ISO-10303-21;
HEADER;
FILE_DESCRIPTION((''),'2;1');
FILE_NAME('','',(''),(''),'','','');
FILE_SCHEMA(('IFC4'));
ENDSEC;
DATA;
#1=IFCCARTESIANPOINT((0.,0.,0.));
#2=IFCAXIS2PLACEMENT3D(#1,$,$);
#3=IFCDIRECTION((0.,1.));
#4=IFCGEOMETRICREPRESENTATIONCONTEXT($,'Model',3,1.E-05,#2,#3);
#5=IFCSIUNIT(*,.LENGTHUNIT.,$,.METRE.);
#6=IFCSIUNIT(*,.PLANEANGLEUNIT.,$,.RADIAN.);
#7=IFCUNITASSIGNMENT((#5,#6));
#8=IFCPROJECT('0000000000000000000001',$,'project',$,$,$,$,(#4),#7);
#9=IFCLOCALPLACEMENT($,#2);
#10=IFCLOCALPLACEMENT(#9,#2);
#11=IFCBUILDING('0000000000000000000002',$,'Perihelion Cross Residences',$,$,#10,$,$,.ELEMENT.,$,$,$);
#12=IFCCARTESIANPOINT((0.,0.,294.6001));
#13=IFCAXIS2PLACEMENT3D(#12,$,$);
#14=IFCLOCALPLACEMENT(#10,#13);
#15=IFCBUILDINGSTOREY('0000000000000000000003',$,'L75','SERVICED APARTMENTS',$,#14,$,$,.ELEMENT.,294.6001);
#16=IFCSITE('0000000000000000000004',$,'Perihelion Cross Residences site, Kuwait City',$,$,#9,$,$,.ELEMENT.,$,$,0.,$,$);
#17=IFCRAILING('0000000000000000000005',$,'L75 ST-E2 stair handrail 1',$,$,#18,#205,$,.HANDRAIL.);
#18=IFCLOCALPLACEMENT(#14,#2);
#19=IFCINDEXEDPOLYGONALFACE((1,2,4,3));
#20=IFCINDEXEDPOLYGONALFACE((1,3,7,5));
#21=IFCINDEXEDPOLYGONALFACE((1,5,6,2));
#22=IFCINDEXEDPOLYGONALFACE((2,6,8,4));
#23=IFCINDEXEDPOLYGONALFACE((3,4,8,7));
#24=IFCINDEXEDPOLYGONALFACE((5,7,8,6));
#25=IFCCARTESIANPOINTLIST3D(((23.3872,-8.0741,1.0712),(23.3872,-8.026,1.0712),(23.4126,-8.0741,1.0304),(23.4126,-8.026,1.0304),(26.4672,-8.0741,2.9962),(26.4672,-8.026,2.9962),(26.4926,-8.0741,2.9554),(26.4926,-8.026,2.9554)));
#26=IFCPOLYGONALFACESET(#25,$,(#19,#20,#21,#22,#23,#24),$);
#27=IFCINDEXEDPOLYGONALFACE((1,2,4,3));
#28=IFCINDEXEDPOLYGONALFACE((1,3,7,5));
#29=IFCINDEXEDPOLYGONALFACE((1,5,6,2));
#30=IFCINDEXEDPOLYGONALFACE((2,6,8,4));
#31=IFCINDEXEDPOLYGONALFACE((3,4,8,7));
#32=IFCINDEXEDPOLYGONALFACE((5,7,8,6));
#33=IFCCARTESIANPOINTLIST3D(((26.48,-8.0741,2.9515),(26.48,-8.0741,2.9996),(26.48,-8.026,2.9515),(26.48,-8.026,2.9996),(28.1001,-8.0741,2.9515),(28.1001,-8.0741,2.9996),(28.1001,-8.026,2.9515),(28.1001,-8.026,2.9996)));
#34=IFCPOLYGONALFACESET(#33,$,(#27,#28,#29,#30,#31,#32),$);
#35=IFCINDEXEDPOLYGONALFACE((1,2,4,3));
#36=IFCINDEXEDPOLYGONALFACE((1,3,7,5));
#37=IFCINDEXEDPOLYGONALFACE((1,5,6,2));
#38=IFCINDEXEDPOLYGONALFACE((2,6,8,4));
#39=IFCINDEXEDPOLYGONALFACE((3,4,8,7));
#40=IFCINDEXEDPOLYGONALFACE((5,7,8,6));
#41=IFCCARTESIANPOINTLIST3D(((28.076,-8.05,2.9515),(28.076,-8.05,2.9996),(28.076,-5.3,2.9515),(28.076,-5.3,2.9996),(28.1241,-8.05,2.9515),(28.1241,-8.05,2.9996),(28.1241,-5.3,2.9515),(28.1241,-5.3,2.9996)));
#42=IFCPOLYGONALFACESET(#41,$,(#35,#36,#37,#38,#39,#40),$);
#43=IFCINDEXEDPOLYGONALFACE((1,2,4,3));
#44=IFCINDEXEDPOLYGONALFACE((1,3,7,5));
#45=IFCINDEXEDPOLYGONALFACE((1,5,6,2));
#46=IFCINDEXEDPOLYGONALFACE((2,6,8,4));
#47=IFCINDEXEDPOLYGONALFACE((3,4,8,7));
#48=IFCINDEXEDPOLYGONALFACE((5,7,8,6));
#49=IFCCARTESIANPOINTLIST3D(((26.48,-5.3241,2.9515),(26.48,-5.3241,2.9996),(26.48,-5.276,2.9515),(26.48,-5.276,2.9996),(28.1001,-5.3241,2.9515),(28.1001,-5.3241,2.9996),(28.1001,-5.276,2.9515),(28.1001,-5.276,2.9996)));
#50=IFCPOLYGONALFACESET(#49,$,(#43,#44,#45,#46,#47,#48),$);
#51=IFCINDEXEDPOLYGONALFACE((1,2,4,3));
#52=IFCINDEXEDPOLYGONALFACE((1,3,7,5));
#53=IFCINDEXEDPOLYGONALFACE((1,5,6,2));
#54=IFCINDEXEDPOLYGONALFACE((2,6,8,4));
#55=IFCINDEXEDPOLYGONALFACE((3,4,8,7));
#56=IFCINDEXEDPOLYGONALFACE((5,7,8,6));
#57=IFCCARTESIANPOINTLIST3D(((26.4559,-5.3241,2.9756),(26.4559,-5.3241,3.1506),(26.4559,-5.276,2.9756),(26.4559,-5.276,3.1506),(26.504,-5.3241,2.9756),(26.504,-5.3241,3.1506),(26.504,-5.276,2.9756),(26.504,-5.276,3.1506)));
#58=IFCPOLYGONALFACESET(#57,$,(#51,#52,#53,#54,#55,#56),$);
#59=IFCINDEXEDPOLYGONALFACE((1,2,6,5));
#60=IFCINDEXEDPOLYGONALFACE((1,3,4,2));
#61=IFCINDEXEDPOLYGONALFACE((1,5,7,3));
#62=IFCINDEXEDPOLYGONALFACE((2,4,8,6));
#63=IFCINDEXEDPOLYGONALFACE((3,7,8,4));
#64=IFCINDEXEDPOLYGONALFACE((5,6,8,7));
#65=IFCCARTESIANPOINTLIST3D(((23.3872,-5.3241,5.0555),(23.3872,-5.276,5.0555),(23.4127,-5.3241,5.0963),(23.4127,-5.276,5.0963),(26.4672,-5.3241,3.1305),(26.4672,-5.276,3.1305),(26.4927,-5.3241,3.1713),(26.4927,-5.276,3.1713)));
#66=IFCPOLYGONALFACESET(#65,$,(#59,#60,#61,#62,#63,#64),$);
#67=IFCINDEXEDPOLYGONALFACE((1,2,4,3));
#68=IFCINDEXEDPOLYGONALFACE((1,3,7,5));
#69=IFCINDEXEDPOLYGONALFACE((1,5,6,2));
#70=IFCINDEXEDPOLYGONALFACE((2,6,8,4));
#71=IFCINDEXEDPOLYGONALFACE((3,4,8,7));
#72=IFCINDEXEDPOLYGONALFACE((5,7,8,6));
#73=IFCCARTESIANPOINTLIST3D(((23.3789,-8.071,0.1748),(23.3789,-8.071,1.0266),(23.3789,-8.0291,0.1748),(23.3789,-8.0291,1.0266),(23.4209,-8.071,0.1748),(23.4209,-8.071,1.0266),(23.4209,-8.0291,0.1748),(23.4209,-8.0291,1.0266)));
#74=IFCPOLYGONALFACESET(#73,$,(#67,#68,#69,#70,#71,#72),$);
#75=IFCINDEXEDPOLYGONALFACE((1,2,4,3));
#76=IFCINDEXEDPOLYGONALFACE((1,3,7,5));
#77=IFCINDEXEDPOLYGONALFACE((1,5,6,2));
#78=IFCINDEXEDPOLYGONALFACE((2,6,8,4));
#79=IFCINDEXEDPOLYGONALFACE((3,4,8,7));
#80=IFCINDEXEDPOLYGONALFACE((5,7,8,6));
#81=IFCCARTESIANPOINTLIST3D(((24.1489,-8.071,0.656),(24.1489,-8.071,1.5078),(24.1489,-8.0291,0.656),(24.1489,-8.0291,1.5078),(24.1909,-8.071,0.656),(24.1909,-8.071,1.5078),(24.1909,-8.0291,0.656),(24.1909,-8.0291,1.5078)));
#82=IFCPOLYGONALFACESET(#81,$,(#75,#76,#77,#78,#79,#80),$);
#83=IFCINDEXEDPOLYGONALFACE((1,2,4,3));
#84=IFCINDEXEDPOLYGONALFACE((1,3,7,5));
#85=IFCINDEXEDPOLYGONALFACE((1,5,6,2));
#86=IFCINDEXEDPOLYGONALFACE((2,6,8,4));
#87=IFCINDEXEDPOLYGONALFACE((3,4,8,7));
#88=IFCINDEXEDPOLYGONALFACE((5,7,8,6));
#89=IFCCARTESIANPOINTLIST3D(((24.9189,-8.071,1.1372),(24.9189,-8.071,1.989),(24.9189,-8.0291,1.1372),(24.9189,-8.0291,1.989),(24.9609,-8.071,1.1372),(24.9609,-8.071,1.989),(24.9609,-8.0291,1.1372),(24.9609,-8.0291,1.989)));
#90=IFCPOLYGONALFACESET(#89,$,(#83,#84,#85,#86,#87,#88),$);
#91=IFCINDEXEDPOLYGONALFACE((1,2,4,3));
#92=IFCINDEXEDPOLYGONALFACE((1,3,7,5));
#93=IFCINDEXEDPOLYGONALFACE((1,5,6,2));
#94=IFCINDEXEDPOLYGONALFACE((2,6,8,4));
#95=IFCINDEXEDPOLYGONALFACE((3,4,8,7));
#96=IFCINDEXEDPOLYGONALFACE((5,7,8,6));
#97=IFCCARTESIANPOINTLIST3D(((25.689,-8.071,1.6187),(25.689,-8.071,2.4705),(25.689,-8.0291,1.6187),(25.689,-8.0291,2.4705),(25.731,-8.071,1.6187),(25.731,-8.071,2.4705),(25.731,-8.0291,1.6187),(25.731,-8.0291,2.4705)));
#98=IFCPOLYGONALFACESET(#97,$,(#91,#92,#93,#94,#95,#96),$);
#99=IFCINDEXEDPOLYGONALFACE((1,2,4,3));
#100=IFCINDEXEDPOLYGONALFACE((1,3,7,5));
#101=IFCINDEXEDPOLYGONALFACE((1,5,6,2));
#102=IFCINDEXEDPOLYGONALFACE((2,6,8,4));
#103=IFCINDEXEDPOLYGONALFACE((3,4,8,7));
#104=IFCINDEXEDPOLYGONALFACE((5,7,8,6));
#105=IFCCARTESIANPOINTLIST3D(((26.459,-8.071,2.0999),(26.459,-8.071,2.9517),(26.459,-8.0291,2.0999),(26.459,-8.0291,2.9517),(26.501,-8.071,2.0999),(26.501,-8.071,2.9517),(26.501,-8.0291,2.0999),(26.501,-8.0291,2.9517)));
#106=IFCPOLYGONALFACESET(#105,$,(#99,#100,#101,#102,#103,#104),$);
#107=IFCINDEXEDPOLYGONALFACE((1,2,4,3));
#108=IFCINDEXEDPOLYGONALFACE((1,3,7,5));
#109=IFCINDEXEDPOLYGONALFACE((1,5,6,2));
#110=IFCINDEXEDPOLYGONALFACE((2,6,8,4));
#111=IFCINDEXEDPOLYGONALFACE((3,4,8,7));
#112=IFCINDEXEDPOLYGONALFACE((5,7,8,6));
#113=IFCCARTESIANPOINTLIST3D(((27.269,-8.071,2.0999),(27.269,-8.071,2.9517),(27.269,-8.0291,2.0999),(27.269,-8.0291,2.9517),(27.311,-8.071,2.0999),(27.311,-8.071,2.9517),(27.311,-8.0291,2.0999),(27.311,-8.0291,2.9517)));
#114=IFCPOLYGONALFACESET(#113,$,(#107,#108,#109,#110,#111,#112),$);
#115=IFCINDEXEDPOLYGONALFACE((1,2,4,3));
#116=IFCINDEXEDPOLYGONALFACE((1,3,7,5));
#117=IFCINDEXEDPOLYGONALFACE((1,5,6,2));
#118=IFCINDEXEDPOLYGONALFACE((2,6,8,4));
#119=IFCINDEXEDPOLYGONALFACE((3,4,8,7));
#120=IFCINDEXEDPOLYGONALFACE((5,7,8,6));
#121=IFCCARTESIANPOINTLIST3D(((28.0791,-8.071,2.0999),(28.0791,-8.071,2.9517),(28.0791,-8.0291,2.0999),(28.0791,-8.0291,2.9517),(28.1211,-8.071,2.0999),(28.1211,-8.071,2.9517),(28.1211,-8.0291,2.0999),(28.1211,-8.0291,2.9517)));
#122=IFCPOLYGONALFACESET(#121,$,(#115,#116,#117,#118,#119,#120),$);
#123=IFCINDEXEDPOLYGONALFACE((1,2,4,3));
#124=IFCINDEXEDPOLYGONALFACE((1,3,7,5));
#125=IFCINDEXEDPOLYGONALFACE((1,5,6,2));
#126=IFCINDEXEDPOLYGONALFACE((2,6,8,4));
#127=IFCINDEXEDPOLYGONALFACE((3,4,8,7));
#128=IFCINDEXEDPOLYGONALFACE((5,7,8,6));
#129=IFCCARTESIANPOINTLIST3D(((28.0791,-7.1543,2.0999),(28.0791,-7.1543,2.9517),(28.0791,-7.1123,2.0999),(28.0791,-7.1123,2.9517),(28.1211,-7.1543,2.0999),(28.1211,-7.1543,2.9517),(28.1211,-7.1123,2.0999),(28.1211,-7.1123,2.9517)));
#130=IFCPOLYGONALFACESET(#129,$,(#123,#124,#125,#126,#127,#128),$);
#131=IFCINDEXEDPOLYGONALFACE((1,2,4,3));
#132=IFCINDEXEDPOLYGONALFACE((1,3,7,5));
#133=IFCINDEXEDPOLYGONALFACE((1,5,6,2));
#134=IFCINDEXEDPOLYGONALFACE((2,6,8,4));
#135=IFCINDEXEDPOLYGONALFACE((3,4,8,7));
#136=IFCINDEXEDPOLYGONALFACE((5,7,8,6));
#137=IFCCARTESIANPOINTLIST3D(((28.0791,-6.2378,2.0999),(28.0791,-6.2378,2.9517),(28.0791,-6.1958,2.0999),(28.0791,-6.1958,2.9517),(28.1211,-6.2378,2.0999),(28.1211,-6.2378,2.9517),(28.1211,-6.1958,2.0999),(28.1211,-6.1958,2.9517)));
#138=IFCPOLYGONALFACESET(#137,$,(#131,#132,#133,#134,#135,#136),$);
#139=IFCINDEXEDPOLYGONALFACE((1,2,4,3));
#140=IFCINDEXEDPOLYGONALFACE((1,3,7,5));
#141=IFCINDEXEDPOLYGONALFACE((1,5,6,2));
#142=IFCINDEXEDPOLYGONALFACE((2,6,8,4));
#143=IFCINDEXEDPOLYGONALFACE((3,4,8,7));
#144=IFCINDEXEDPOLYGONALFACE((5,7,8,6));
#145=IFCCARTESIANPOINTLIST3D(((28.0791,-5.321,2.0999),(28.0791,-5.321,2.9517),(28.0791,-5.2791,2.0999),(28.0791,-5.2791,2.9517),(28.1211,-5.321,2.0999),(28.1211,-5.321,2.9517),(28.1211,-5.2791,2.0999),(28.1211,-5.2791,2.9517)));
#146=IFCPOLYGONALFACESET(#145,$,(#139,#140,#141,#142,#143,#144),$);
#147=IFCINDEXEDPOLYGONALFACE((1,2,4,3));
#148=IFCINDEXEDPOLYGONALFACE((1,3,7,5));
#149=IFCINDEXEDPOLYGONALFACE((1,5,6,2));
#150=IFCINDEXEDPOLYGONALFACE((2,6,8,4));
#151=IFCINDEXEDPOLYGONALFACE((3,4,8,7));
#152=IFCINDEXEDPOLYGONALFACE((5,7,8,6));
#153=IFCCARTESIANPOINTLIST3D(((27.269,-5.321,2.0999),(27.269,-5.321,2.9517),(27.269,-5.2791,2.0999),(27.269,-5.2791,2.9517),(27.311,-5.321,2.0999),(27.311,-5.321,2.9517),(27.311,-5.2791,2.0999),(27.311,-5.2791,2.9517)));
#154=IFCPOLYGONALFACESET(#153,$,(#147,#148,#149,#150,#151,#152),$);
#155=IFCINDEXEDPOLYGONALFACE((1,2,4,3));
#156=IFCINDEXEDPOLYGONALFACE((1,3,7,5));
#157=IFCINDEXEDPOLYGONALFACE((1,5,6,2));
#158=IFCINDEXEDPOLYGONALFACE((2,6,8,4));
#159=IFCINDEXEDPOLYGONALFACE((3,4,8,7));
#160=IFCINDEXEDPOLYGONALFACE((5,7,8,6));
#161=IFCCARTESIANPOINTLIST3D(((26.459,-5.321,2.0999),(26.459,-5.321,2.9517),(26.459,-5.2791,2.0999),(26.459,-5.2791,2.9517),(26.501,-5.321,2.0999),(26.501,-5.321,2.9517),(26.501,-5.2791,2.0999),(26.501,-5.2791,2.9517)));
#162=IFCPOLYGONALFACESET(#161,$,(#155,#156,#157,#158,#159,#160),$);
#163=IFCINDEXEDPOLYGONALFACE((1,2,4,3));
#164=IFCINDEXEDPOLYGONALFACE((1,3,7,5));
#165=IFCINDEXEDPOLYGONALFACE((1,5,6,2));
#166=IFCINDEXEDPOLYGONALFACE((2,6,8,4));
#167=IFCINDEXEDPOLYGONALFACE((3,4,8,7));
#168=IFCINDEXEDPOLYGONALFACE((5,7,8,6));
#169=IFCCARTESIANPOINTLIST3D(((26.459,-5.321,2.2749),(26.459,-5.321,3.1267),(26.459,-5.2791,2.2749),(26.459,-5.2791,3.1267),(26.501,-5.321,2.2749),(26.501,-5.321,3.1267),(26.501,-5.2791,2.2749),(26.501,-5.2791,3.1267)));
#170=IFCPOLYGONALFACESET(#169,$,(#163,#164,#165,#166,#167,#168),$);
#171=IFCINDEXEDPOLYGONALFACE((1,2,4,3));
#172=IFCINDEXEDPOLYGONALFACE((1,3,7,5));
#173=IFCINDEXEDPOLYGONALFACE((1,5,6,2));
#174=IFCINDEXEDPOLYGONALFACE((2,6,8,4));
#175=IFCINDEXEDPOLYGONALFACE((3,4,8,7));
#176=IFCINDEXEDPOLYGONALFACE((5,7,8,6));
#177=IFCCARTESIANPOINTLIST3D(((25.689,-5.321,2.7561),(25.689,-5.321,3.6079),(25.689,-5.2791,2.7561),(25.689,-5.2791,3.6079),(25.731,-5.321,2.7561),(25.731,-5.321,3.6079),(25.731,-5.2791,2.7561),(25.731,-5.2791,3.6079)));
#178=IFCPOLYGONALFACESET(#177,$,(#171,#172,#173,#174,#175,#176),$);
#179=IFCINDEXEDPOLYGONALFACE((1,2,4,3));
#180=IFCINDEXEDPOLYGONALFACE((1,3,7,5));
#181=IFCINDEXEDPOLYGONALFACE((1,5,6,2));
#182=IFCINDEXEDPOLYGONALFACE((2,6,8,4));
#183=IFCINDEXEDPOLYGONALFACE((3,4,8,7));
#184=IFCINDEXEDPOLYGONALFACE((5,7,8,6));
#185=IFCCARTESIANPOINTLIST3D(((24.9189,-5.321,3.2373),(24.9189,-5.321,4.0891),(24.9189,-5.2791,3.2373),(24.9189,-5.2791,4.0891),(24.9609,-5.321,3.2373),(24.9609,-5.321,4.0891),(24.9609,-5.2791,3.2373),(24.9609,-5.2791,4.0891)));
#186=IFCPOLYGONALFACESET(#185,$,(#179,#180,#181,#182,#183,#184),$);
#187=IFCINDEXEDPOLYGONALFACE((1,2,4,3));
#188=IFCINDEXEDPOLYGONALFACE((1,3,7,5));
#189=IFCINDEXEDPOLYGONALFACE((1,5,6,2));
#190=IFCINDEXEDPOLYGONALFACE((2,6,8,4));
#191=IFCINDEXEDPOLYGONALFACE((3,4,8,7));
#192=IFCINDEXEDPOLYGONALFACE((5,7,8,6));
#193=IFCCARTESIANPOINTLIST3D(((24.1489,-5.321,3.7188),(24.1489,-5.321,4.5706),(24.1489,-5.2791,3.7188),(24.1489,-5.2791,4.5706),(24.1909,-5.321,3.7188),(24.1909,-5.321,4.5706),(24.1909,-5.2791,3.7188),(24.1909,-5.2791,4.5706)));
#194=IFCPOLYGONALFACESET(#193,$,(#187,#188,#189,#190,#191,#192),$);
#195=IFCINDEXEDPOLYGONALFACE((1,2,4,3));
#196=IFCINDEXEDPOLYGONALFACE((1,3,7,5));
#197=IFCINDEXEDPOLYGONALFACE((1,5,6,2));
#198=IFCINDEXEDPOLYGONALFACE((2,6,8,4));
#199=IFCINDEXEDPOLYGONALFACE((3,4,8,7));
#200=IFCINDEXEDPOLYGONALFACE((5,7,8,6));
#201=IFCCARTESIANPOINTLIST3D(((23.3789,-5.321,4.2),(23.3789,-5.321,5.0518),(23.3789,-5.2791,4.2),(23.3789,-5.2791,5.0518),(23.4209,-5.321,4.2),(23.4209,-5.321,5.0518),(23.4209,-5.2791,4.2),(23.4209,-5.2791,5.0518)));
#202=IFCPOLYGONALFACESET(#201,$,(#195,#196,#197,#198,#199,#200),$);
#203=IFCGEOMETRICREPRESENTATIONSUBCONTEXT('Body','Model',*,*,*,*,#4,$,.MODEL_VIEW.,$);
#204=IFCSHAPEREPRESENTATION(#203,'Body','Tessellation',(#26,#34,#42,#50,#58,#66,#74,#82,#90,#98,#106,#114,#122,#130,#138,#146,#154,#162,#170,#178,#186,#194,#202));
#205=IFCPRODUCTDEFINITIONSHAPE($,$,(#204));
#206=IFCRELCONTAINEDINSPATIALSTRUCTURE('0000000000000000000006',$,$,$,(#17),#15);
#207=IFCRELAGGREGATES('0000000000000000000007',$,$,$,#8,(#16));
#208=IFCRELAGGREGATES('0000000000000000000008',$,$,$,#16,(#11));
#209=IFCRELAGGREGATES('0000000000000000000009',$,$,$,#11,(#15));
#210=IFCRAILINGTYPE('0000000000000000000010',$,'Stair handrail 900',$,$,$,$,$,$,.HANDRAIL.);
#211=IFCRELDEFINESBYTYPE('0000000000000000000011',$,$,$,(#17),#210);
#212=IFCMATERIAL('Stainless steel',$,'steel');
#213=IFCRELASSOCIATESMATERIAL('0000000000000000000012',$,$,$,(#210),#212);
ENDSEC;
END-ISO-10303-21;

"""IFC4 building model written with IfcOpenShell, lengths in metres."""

from ifc_helpers import new_model, si_unit, direction, frame, origin, origin_2d, place, context, subcontext, project, spatial, rectangle, extrude, material, type_object, element, save


model = new_model("IFC4")

# Units and contexts
model_context = context("Model", 3, precision=1e-05, world=origin(), true_north=direction((0.0, 1.0)))
body_context = subcontext(model_context, "Body", "Model", "MODEL_VIEW")
ifc_project = project(units=[si_unit("LENGTHUNIT", "METRE"), si_unit("PLANEANGLEUNIT", "RADIAN")], contexts=[model_context])

# Site, building, storey
site_placement = place(None, origin())
site = spatial("IfcSite", under=ifc_project, at=site_placement, Name="Perihelion Cross Residences site, Kuwait City", CompositionType="ELEMENT", RefElevation=0.0)
building_placement = place(site_placement, origin())
building = spatial("IfcBuilding", under=site, at=building_placement, Name="Perihelion Cross Residences", CompositionType="ELEMENT")
storey_placement = place(building_placement, frame((0.0, 0.0, 294.6001)))
storey = spatial("IfcBuildingStorey", under=building, at=storey_placement, Name="L75", Description="SERVICED APARTMENTS", CompositionType="ELEMENT", Elevation=294.6001)

# Railing
ifc_material_1 = material(Name="Stainless steel", Category="steel")
railing_type_1 = type_object("IfcRailingType", Name="Stair handrail 900", PredefinedType="HANDRAIL", material=ifc_material_1)
railing_1_placement = place(storey_placement, frame((23.3999, -8.05, 0.1748)))
element("IfcRailing", 1, at=railing_1_placement, inside=storey, type_object=railing_type_1, Name="L75 ST-E2 stair handrail 1", PredefinedType="HANDRAIL", context=body_context, shape_type="SweptSolid", body=[
    extrude(rectangle(XDim=0.0481, YDim=0.0481, at=origin_2d()), frame((0.0, 0.0, 0.876), z_axis=(0.847998, 0.0, 0.529999), x_axis=(0.0, 1.0, 0.0)), (0.0, 0.0, 1.0), 3.6321),
    extrude(rectangle(XDim=0.0481, YDim=0.0481, at=origin_2d()), frame((3.0801, 0.0, 2.8008), z_axis=(1.0, 0.0, 0.0), x_axis=(0.0, 1.0, 0.0)), (0.0, 0.0, 1.0), 1.6201),
    extrude(rectangle(XDim=0.0481, YDim=0.0481, at=origin_2d()), frame((4.7002, 0.0, 2.8008), z_axis=(0.0, 1.0, 0.0), x_axis=(-1.0, 0.0, 0.0)), (0.0, 0.0, 1.0), 2.75),
    extrude(rectangle(XDim=0.0481, YDim=0.0481, at=origin_2d()), frame((4.7002, 2.75, 2.8008), z_axis=(-1.0, 0.0, 0.0), x_axis=(0.0, -1.0, 0.0)), (0.0, 0.0, 1.0), 1.6201),
    extrude(rectangle(XDim=0.0481, YDim=0.0481, at=origin_2d()), frame((3.0801, 2.75, 2.8008), z_axis=(0.0, 0.0, 1.0), x_axis=(1.0, 0.0, 0.0)), (0.0, 0.0, 1.0), 0.175),
    extrude(rectangle(XDim=0.0481, YDim=0.0481, at=origin_2d()), frame((3.0801, 2.75, 2.9761), z_axis=(-0.847998, 0.0, 0.529999), x_axis=(0.0, -1.0, 0.0)), (0.0, 0.0, 1.0), 3.6321),
    extrude(rectangle(XDim=0.042, YDim=0.042, at=origin_2d()), origin(), (0.0, 0.0, 1.0), 0.8518),
    extrude(rectangle(XDim=0.042, YDim=0.042, at=origin_2d()), frame((0.77, 0.0, 0.4812)), (0.0, 0.0, 1.0), 0.8518),
    extrude(rectangle(XDim=0.042, YDim=0.042, at=origin_2d()), frame((1.54, 0.0, 0.9624)), (0.0, 0.0, 1.0), 0.8518),
    extrude(rectangle(XDim=0.042, YDim=0.042, at=origin_2d()), frame((2.3101, 0.0, 1.4438)), (0.0, 0.0, 1.0), 0.8518),
    extrude(rectangle(XDim=0.042, YDim=0.042, at=origin_2d()), frame((3.0801, 0.0, 1.925)), (0.0, 0.0, 1.0), 0.8518),
    extrude(rectangle(XDim=0.042, YDim=0.042, at=origin_2d()), frame((3.8901, 0.0, 1.925)), (0.0, 0.0, 1.0), 0.8518),
    extrude(rectangle(XDim=0.042, YDim=0.042, at=origin_2d()), frame((4.7002, 0.0, 1.925)), (0.0, 0.0, 1.0), 0.8518),
    extrude(rectangle(XDim=0.042, YDim=0.042, at=origin_2d()), frame((4.7002, 0.9167, 1.925)), (0.0, 0.0, 1.0), 0.8518),
    extrude(rectangle(XDim=0.042, YDim=0.042, at=origin_2d()), frame((4.7002, 1.8333, 1.925)), (0.0, 0.0, 1.0), 0.8518),
    extrude(rectangle(XDim=0.042, YDim=0.042, at=origin_2d()), frame((4.7002, 2.75, 1.925)), (0.0, 0.0, 1.0), 0.8518),
    extrude(rectangle(XDim=0.042, YDim=0.042, at=origin_2d()), frame((3.8901, 2.75, 1.925)), (0.0, 0.0, 1.0), 0.8518),
    extrude(rectangle(XDim=0.042, YDim=0.042, at=origin_2d()), frame((3.0801, 2.75, 1.925)), (0.0, 0.0, 1.0), 0.8518),
    extrude(rectangle(XDim=0.042, YDim=0.042, at=origin_2d()), frame((3.0801, 2.75, 2.1001)), (0.0, 0.0, 1.0), 0.8518),
    extrude(rectangle(XDim=0.042, YDim=0.042, at=origin_2d()), frame((2.3101, 2.75, 2.5813)), (0.0, 0.0, 1.0), 0.8518),
    extrude(rectangle(XDim=0.042, YDim=0.042, at=origin_2d()), frame((1.54, 2.75, 3.0625)), (0.0, 0.0, 1.0), 0.8518),
    extrude(rectangle(XDim=0.042, YDim=0.042, at=origin_2d()), frame((0.77, 2.75, 3.5439)), (0.0, 0.0, 1.0), 0.8518),
    extrude(rectangle(XDim=0.042, YDim=0.042, at=origin_2d()), frame((0.0, 2.75, 4.0251)), (0.0, 0.0, 1.0), 0.8518),
])

save(model, "model.ifc")
